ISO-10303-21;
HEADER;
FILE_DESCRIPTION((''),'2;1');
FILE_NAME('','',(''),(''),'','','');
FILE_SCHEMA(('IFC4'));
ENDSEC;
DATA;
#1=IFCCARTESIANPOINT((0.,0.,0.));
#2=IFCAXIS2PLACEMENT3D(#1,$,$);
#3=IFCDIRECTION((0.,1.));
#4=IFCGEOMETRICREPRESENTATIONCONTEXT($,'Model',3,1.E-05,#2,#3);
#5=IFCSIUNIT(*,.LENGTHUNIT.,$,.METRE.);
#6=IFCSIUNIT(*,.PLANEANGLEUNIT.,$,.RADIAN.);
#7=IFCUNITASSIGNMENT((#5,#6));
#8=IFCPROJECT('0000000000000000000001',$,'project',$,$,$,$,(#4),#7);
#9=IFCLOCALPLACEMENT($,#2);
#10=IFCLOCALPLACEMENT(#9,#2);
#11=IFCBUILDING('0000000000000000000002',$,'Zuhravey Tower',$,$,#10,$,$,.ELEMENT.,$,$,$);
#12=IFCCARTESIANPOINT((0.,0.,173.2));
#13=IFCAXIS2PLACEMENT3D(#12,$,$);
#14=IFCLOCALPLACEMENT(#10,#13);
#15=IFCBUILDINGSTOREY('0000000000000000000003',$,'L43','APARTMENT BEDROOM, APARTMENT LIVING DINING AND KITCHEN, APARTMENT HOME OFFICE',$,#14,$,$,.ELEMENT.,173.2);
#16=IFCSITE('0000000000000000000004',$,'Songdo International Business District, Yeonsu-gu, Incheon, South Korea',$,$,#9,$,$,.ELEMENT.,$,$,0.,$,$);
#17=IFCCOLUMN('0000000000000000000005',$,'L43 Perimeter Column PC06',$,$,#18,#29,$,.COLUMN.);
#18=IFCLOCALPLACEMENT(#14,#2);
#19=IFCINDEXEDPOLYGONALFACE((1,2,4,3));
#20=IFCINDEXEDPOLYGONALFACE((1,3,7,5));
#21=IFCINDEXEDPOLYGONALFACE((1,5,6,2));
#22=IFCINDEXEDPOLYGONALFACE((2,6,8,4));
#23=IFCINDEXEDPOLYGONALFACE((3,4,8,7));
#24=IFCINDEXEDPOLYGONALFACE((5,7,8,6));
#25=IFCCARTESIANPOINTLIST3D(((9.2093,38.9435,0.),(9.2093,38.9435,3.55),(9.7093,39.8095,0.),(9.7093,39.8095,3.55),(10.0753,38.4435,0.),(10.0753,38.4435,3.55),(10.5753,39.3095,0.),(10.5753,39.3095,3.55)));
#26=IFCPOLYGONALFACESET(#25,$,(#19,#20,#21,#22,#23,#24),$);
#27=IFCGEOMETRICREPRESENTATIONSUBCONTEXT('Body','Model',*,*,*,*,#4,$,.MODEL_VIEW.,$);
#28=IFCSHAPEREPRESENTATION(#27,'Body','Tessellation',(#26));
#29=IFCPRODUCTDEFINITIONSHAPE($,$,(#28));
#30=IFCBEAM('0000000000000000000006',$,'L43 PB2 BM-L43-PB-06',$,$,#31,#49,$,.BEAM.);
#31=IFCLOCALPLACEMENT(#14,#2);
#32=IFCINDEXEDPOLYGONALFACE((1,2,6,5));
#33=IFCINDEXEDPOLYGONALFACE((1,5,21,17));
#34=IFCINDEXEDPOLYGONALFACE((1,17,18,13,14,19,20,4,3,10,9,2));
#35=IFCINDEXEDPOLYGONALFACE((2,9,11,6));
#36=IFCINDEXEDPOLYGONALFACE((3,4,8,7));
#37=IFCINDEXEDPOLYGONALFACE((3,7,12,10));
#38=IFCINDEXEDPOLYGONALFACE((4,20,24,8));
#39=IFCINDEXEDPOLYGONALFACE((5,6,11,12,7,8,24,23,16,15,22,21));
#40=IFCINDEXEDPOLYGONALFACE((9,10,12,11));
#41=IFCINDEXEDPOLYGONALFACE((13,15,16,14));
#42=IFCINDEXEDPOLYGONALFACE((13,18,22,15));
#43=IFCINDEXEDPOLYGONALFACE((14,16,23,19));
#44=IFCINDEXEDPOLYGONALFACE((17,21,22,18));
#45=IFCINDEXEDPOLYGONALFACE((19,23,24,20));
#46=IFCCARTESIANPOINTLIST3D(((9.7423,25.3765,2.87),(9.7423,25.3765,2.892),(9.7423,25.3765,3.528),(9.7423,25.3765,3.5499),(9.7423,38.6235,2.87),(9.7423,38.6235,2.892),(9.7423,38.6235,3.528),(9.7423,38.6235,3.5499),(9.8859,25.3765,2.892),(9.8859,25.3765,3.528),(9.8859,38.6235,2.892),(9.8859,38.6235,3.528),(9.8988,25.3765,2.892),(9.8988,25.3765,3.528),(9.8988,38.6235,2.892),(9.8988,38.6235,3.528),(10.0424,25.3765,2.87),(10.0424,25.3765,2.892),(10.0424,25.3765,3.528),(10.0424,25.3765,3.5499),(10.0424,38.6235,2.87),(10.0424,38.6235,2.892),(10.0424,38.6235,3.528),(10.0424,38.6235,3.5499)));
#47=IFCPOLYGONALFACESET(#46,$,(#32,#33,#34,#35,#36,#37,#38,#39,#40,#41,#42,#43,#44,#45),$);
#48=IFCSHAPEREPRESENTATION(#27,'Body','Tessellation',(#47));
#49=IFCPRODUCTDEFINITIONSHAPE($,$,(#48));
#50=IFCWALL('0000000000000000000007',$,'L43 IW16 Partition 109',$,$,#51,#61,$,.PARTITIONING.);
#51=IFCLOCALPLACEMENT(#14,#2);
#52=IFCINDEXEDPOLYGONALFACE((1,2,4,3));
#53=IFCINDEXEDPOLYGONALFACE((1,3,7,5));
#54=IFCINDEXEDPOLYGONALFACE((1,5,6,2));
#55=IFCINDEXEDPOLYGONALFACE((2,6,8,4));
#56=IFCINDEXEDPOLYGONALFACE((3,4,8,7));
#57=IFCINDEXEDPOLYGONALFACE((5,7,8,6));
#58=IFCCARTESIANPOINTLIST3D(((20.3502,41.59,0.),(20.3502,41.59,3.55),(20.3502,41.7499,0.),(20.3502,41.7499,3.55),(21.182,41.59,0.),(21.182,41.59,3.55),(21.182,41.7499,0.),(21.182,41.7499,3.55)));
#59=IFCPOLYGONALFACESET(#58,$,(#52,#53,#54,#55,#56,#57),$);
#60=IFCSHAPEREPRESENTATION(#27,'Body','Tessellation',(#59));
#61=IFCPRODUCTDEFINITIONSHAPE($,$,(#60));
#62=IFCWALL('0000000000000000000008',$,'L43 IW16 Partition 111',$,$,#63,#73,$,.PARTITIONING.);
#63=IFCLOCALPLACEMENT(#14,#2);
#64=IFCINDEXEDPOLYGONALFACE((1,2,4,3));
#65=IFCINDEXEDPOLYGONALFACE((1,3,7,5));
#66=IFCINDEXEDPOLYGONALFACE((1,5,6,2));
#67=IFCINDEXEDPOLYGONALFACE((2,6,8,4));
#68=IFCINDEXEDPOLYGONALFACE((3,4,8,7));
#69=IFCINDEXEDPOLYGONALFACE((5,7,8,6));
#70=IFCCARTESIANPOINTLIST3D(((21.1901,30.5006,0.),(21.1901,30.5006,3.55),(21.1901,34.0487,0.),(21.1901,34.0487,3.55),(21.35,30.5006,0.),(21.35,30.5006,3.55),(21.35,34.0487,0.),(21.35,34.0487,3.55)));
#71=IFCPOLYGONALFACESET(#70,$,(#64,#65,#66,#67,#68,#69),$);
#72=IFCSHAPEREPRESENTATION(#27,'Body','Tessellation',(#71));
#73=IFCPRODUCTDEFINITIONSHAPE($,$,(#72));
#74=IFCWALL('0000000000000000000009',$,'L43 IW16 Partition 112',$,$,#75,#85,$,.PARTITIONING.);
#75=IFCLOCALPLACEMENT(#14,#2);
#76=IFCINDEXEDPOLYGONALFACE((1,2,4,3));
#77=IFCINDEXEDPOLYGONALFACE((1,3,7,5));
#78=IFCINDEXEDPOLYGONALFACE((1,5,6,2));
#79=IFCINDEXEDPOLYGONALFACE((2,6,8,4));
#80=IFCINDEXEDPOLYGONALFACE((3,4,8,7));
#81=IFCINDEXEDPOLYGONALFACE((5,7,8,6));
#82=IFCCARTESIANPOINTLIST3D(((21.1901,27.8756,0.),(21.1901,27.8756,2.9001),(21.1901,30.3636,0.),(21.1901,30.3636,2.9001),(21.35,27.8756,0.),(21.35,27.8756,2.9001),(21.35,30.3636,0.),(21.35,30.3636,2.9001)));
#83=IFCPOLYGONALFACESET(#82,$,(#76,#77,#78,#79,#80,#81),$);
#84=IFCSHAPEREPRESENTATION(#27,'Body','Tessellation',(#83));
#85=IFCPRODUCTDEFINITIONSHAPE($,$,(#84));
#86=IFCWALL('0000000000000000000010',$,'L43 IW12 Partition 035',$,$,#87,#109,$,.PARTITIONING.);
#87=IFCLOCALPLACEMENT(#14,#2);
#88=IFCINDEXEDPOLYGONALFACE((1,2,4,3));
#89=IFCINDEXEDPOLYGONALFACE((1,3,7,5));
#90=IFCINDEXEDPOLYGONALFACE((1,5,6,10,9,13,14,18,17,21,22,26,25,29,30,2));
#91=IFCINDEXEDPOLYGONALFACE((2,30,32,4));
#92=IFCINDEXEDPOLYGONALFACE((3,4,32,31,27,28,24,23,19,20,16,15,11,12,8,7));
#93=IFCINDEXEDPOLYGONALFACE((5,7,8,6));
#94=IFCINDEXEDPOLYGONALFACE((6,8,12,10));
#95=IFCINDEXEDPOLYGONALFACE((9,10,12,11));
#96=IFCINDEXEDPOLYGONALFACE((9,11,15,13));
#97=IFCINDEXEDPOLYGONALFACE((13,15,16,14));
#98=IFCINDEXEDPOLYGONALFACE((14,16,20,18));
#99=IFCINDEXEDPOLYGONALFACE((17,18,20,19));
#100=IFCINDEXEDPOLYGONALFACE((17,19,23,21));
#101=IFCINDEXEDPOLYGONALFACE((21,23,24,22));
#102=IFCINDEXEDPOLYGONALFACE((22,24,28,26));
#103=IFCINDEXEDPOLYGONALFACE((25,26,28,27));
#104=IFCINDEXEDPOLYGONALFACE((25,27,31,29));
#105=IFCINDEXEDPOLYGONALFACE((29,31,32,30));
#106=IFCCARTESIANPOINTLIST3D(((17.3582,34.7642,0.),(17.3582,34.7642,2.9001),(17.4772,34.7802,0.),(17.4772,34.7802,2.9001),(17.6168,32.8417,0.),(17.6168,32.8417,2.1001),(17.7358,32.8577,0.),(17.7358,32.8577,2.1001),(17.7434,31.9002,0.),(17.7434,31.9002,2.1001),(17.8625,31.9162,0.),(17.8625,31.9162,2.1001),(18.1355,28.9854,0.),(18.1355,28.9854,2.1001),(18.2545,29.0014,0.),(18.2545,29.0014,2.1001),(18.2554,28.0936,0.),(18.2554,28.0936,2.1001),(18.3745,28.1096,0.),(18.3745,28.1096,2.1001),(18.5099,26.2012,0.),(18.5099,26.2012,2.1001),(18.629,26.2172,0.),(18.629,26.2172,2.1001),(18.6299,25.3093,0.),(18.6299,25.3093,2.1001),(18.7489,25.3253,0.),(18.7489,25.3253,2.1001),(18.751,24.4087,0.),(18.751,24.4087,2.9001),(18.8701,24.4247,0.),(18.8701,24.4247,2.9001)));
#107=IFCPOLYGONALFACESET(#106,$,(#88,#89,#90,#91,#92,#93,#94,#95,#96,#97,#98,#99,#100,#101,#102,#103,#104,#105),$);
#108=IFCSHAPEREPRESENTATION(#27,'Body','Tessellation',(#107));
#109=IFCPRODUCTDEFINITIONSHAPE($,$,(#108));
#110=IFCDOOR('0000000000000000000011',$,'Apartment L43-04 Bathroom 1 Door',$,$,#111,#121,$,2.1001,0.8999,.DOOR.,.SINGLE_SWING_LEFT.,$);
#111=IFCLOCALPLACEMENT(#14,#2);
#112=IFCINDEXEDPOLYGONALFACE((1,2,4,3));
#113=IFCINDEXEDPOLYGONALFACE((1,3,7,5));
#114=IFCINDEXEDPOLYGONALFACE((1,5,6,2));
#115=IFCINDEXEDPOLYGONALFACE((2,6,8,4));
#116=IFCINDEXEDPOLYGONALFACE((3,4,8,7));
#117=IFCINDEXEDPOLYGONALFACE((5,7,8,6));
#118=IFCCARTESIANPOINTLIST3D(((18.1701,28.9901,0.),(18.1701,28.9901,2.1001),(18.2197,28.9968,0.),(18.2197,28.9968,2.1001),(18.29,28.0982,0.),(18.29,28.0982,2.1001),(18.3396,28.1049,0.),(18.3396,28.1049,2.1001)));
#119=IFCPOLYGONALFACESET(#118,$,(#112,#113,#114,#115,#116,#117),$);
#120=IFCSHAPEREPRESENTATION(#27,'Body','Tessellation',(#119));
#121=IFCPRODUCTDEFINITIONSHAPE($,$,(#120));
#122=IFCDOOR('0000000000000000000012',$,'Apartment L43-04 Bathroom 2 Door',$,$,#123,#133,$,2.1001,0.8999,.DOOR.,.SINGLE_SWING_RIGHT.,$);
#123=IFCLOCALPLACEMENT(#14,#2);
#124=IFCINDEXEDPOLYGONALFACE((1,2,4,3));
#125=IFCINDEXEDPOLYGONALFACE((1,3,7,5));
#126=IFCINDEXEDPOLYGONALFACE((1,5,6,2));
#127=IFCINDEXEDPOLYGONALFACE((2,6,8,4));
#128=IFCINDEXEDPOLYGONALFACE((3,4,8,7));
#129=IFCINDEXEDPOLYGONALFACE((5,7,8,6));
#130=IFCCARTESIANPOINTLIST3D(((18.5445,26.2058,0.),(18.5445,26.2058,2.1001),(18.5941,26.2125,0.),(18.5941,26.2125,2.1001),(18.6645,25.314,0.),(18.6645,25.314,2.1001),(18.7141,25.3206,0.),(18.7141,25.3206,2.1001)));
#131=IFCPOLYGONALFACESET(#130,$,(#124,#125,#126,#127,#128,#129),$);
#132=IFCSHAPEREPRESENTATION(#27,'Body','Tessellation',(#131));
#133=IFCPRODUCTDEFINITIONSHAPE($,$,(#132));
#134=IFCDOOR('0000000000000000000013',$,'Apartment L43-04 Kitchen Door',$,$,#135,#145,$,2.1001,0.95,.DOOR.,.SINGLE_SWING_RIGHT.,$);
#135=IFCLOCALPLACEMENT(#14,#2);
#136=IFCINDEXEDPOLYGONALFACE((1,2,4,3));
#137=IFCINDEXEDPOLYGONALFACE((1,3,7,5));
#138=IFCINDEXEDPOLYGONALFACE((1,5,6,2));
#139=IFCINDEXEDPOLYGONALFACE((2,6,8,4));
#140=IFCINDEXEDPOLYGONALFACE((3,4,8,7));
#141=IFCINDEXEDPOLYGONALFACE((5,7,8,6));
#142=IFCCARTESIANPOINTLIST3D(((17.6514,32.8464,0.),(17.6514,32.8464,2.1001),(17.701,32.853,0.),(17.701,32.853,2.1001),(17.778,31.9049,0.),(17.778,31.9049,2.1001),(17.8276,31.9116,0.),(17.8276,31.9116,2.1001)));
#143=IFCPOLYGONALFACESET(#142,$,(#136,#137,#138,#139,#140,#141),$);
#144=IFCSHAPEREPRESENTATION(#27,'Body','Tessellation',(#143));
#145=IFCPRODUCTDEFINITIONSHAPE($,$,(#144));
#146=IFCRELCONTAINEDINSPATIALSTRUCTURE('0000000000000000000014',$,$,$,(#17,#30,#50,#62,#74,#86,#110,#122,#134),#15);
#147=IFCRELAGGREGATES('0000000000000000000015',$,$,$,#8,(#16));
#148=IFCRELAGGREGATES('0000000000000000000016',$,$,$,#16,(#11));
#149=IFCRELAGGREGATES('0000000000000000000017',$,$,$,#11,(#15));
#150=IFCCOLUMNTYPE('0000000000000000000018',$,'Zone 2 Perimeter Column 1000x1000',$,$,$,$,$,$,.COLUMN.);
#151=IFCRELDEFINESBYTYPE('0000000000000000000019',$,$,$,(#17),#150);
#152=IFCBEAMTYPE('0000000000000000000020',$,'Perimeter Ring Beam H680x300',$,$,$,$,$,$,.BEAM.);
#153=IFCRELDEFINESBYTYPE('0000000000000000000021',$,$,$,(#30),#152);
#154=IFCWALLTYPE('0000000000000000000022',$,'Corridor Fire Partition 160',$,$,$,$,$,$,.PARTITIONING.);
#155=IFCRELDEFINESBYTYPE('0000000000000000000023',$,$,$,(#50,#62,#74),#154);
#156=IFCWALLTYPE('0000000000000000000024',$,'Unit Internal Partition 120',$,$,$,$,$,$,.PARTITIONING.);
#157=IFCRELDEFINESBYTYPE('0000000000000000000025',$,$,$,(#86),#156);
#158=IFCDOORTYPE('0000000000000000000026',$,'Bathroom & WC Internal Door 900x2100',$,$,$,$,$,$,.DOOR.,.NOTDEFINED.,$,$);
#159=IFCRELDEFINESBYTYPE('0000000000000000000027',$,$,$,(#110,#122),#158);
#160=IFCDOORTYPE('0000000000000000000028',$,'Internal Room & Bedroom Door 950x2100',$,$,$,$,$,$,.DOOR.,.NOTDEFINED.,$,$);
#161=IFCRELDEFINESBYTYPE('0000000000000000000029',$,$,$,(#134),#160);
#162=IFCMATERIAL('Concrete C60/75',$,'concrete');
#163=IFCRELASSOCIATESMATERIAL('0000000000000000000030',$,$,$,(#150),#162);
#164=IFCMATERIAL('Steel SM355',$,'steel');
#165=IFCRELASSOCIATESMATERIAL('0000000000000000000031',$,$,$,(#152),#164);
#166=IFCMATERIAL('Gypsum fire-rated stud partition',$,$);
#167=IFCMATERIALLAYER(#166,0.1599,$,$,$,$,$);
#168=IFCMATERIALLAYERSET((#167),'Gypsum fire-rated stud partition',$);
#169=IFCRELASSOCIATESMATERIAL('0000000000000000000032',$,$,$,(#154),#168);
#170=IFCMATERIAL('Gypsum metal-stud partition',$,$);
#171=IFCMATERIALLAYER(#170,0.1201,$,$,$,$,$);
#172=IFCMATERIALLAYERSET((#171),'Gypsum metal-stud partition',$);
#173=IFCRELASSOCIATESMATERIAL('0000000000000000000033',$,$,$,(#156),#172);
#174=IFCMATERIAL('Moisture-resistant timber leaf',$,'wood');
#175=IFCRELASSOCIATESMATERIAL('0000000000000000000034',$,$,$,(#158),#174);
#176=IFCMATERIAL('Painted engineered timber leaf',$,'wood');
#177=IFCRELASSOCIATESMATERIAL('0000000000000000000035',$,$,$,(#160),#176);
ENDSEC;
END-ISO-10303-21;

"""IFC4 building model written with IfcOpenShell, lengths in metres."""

from ifc_helpers import new_model, si_unit, direction, frame, frame_2d, origin, origin_2d, place, context, subcontext, project, spatial, rectangle, i_section, extrude, material, layer, layer_set, material_profile, profile_set, type_object, element, fill, save


model = new_model("IFC4")

# Units and contexts
model_context = context("Model", 3, precision=1e-05, world=origin(), true_north=direction((0.0, 1.0)))
body_context = subcontext(model_context, "Body", "Model", "MODEL_VIEW")
ifc_project = project(units=[si_unit("LENGTHUNIT", "METRE"), si_unit("PLANEANGLEUNIT", "RADIAN")], contexts=[model_context])

# Site, building, storey
site_placement = place(None, origin())
site = spatial("IfcSite", under=ifc_project, at=site_placement, Name="Songdo International Business District, Yeonsu-gu, Incheon, South Korea", CompositionType="ELEMENT", RefElevation=0.0)
building_placement = place(site_placement, origin())
building = spatial("IfcBuilding", under=site, at=building_placement, Name="Zuhravey Tower", CompositionType="ELEMENT")
storey_placement = place(building_placement, frame((0.0, 0.0, 173.2)))
storey = spatial("IfcBuildingStorey", under=building, at=storey_placement, Name="L43", Description="APARTMENT BEDROOM, APARTMENT LIVING DINING AND KITCHEN, APARTMENT HOME OFFICE", CompositionType="ELEMENT", Elevation=173.2)

# Column
ifc_material_1 = material(Name="Concrete C60/75", Category="concrete")
ifc_material_profile_1 = material_profile(ifc_material_1, rectangle(XDim=1.0, YDim=1.0, at=origin_2d()), Name="RC-1000x1000")
ifc_profile_set_1 = profile_set([ifc_material_profile_1], Name="Concrete C60/75")
column_type = type_object("IfcColumnType", Name="Zone 2 Perimeter Column 1000x1000", PredefinedType="COLUMN", material=ifc_profile_set_1)
column_placement = place(storey_placement, frame((9.8923, 39.1265, 0.0), z_axis=(0.0, 0.0, 1.0), x_axis=(-0.5, -0.866025, 0.0)))
element("IfcColumn", 1, at=column_placement, inside=storey, type_object=column_type, Name="L43 Perimeter Column PC06", PredefinedType="COLUMN", context=body_context, shape_type="SweptSolid", body=[
    extrude(rectangle(XDim=1.0, YDim=1.0, at=origin_2d()), origin(), (0.0, 0.0, 1.0), 3.55),
])

# Beam
ifc_material_2 = material(Name="Steel SM355", Category="steel")
ifc_material_profile_2 = material_profile(ifc_material_2, i_section(OverallWidth=0.3, OverallDepth=0.6799, WebThickness=0.0129, FlangeThickness=0.022, at=origin_2d()), Name="H-680x300x13x22")
ifc_profile_set_2 = profile_set([ifc_material_profile_2], Name="Steel SM355")
beam_type = type_object("IfcBeamType", Name="Perimeter Ring Beam H680x300", PredefinedType="BEAM", material=ifc_profile_set_2)
beam_placement = place(storey_placement, frame((9.8923, 38.6235, 3.21), z_axis=(0.0, -1.0, 0.0), x_axis=(1.0, 0.0, 0.0)))
element("IfcBeam", 2, at=beam_placement, inside=storey, type_object=beam_type, Name="L43 PB2 BM-L43-PB-06", PredefinedType="BEAM", context=body_context, shape_type="SweptSolid", body=[
    extrude(i_section(OverallWidth=0.3, OverallDepth=0.6799, WebThickness=0.0129, FlangeThickness=0.022, at=origin_2d()), origin(), (0.0, 0.0, 1.0), 13.2471),
])

# Shared definitions
ifc_material_3 = material(Name="Gypsum fire-rated stud partition")
ifc_layer_1 = layer(ifc_material_3, 0.1599)
ifc_layer_set_1 = layer_set([ifc_layer_1], Name="Gypsum fire-rated stud partition")
wall_type_1 = type_object("IfcWallType", Name="Corridor Fire Partition 160", PredefinedType="PARTITIONING", material=ifc_layer_set_1)

# Walls
wall_1_placement = place(storey_placement, frame((20.3501, 41.6699, 0.0), z_axis=(0.0, 0.0, 1.0), x_axis=(1.0, 0.0, 0.0)))
element("IfcWall", 3, at=wall_1_placement, inside=storey, type_object=wall_type_1, Name="L43 IW16 Partition 109", PredefinedType="PARTITIONING", context=body_context, shape_type="SweptSolid", body=[
    extrude(rectangle(XDim=0.8318, YDim=0.1599, at=frame_2d((0.416, 0.0))), origin(), (0.0, 0.0, 1.0), 3.55),
])
wall_2_placement = place(storey_placement, frame((21.27, 34.0486, 0.0), z_axis=(0.0, 0.0, 1.0), x_axis=(0.0, -1.0, 0.0)))
element("IfcWall", 4, at=wall_2_placement, inside=storey, type_object=wall_type_1, Name="L43 IW16 Partition 111", PredefinedType="PARTITIONING", context=body_context, shape_type="SweptSolid", body=[
    extrude(rectangle(XDim=3.5481, YDim=0.1599, at=frame_2d((1.7739, 0.0))), origin(), (0.0, 0.0, 1.0), 3.55),
])
wall_3_placement = place(storey_placement, frame((21.27, 30.3638, 0.0), z_axis=(0.0, 0.0, 1.0), x_axis=(0.0, -1.0, 0.0)))
element("IfcWall", 5, at=wall_3_placement, inside=storey, type_object=wall_type_1, Name="L43 IW16 Partition 112", PredefinedType="PARTITIONING", context=body_context, shape_type="SweptSolid", body=[
    extrude(rectangle(XDim=2.488, YDim=0.1599, at=frame_2d((1.2441, 0.0))), origin(), (0.0, 0.0, 1.0), 2.9001),
])

# Wall, openings, doors
ifc_material_4 = material(Name="Gypsum metal-stud partition")
ifc_layer_2 = layer(ifc_material_4, 0.1201)
ifc_layer_set_2 = layer_set([ifc_layer_2], Name="Gypsum metal-stud partition")
wall_type_2 = type_object("IfcWallType", Name="Unit Internal Partition 120", PredefinedType="PARTITIONING", material=ifc_layer_set_2)
wall_4_placement = place(storey_placement, frame((17.4177, 34.7722, 0.0), z_axis=(0.0, 0.0, 1.0), x_axis=(0.133301, -0.991076, 0.0)))
wall_4 = element("IfcWall", 6, at=wall_4_placement, inside=storey, type_object=wall_type_2, Name="L43 IW12 Partition 035", PredefinedType="PARTITIONING", context=body_context, shape_type="SweptSolid", body=[
    extrude(rectangle(XDim=10.4487, YDim=0.1201, at=frame_2d((5.2244, 0.0))), origin(), (0.0, 0.0, 1.0), 2.9001),
])
opening_1_placement = place(wall_4_placement, frame((1.9397, 0.0, 0.0)))
opening_1 = element("IfcOpeningElement", 7, at=opening_1_placement, cuts=wall_4, PredefinedType="OPENING", context=body_context, shape_type="SweptSolid", body=[
    extrude(rectangle(XDim=0.95, YDim=2.1001, at=frame_2d((0.4751, 1.05))), frame((0.0, 0.072, 0.0), z_axis=(0.0, -1.0, 0.0), x_axis=(1.0, 0.0, 0.0)), (0.0, 0.0, 1.0), 0.144),
])
opening_2_placement = place(wall_4_placement, frame((5.8308, 0.0, 0.0)))
opening_2 = element("IfcOpeningElement", 8, at=opening_2_placement, cuts=wall_4, PredefinedType="OPENING", context=body_context, shape_type="SweptSolid", body=[
    extrude(rectangle(XDim=0.8999, YDim=2.1001, at=frame_2d((0.45, 1.05))), frame((0.0, 0.072, 0.0), z_axis=(0.0, -1.0, 0.0), x_axis=(1.0, 0.0, 0.0)), (0.0, 0.0, 1.0), 0.144),
])
opening_3_placement = place(wall_4_placement, frame((8.6401, 0.0, 0.0)))
opening_3 = element("IfcOpeningElement", 9, at=opening_3_placement, cuts=wall_4, PredefinedType="OPENING", context=body_context, shape_type="SweptSolid", body=[
    extrude(rectangle(XDim=0.8999, YDim=2.1001, at=frame_2d((0.45, 1.05))), frame((0.0, 0.072, 0.0), z_axis=(0.0, -1.0, 0.0), x_axis=(1.0, 0.0, 0.0)), (0.0, 0.0, 1.0), 0.144),
])
ifc_material_5 = material(Name="Moisture-resistant timber leaf", Category="wood")
door_type_1 = type_object("IfcDoorType", Name="Bathroom & WC Internal Door 900x2100", OperationType="NOTDEFINED", PredefinedType="DOOR", material=ifc_material_5)
door_1_placement = place(opening_2_placement, origin())
door_1 = element("IfcDoor", 10, at=door_1_placement, inside=storey, type_object=door_type_1, Name="Apartment L43-04 Bathroom 1 Door", OperationType="SINGLE_SWING_LEFT", OverallHeight=2.1001, OverallWidth=0.8999, PredefinedType="DOOR", context=body_context, shape_type="SweptSolid", body=[
    extrude(rectangle(XDim=0.8999, YDim=2.1001, at=frame_2d((0.45, 1.05))), frame((0.0, 0.0249, 0.0), z_axis=(0.0, -1.0, 0.0), x_axis=(1.0, 0.0, 0.0)), (0.0, 0.0, 1.0), 0.05),
])
fill(opening_2, door_1)
door_2_placement = place(opening_3_placement, origin())
door_2 = element("IfcDoor", 11, at=door_2_placement, inside=storey, type_object=door_type_1, Name="Apartment L43-04 Bathroom 2 Door", OperationType="SINGLE_SWING_RIGHT", OverallHeight=2.1001, OverallWidth=0.8999, PredefinedType="DOOR", context=body_context, shape_type="SweptSolid", body=[
    extrude(rectangle(XDim=0.8999, YDim=2.1001, at=frame_2d((0.45, 1.05))), frame((0.0, 0.0249, 0.0), z_axis=(0.0, -1.0, 0.0), x_axis=(1.0, 0.0, 0.0)), (0.0, 0.0, 1.0), 0.05),
])
fill(opening_3, door_2)
ifc_material_6 = material(Name="Painted engineered timber leaf", Category="wood")
door_type_2 = type_object("IfcDoorType", Name="Internal Room & Bedroom Door 950x2100", OperationType="NOTDEFINED", PredefinedType="DOOR", material=ifc_material_6)
door_3_placement = place(opening_1_placement, origin())
door_3 = element("IfcDoor", 12, at=door_3_placement, inside=storey, type_object=door_type_2, Name="Apartment L43-04 Kitchen Door", OperationType="SINGLE_SWING_RIGHT", OverallHeight=2.1001, OverallWidth=0.95, PredefinedType="DOOR", context=body_context, shape_type="SweptSolid", body=[
    extrude(rectangle(XDim=0.95, YDim=2.1001, at=frame_2d((0.4751, 1.05))), frame((0.0, 0.0249, 0.0), z_axis=(0.0, -1.0, 0.0), x_axis=(1.0, 0.0, 0.0)), (0.0, 0.0, 1.0), 0.05),
])
fill(opening_1, door_3)

save(model, "model.ifc")
